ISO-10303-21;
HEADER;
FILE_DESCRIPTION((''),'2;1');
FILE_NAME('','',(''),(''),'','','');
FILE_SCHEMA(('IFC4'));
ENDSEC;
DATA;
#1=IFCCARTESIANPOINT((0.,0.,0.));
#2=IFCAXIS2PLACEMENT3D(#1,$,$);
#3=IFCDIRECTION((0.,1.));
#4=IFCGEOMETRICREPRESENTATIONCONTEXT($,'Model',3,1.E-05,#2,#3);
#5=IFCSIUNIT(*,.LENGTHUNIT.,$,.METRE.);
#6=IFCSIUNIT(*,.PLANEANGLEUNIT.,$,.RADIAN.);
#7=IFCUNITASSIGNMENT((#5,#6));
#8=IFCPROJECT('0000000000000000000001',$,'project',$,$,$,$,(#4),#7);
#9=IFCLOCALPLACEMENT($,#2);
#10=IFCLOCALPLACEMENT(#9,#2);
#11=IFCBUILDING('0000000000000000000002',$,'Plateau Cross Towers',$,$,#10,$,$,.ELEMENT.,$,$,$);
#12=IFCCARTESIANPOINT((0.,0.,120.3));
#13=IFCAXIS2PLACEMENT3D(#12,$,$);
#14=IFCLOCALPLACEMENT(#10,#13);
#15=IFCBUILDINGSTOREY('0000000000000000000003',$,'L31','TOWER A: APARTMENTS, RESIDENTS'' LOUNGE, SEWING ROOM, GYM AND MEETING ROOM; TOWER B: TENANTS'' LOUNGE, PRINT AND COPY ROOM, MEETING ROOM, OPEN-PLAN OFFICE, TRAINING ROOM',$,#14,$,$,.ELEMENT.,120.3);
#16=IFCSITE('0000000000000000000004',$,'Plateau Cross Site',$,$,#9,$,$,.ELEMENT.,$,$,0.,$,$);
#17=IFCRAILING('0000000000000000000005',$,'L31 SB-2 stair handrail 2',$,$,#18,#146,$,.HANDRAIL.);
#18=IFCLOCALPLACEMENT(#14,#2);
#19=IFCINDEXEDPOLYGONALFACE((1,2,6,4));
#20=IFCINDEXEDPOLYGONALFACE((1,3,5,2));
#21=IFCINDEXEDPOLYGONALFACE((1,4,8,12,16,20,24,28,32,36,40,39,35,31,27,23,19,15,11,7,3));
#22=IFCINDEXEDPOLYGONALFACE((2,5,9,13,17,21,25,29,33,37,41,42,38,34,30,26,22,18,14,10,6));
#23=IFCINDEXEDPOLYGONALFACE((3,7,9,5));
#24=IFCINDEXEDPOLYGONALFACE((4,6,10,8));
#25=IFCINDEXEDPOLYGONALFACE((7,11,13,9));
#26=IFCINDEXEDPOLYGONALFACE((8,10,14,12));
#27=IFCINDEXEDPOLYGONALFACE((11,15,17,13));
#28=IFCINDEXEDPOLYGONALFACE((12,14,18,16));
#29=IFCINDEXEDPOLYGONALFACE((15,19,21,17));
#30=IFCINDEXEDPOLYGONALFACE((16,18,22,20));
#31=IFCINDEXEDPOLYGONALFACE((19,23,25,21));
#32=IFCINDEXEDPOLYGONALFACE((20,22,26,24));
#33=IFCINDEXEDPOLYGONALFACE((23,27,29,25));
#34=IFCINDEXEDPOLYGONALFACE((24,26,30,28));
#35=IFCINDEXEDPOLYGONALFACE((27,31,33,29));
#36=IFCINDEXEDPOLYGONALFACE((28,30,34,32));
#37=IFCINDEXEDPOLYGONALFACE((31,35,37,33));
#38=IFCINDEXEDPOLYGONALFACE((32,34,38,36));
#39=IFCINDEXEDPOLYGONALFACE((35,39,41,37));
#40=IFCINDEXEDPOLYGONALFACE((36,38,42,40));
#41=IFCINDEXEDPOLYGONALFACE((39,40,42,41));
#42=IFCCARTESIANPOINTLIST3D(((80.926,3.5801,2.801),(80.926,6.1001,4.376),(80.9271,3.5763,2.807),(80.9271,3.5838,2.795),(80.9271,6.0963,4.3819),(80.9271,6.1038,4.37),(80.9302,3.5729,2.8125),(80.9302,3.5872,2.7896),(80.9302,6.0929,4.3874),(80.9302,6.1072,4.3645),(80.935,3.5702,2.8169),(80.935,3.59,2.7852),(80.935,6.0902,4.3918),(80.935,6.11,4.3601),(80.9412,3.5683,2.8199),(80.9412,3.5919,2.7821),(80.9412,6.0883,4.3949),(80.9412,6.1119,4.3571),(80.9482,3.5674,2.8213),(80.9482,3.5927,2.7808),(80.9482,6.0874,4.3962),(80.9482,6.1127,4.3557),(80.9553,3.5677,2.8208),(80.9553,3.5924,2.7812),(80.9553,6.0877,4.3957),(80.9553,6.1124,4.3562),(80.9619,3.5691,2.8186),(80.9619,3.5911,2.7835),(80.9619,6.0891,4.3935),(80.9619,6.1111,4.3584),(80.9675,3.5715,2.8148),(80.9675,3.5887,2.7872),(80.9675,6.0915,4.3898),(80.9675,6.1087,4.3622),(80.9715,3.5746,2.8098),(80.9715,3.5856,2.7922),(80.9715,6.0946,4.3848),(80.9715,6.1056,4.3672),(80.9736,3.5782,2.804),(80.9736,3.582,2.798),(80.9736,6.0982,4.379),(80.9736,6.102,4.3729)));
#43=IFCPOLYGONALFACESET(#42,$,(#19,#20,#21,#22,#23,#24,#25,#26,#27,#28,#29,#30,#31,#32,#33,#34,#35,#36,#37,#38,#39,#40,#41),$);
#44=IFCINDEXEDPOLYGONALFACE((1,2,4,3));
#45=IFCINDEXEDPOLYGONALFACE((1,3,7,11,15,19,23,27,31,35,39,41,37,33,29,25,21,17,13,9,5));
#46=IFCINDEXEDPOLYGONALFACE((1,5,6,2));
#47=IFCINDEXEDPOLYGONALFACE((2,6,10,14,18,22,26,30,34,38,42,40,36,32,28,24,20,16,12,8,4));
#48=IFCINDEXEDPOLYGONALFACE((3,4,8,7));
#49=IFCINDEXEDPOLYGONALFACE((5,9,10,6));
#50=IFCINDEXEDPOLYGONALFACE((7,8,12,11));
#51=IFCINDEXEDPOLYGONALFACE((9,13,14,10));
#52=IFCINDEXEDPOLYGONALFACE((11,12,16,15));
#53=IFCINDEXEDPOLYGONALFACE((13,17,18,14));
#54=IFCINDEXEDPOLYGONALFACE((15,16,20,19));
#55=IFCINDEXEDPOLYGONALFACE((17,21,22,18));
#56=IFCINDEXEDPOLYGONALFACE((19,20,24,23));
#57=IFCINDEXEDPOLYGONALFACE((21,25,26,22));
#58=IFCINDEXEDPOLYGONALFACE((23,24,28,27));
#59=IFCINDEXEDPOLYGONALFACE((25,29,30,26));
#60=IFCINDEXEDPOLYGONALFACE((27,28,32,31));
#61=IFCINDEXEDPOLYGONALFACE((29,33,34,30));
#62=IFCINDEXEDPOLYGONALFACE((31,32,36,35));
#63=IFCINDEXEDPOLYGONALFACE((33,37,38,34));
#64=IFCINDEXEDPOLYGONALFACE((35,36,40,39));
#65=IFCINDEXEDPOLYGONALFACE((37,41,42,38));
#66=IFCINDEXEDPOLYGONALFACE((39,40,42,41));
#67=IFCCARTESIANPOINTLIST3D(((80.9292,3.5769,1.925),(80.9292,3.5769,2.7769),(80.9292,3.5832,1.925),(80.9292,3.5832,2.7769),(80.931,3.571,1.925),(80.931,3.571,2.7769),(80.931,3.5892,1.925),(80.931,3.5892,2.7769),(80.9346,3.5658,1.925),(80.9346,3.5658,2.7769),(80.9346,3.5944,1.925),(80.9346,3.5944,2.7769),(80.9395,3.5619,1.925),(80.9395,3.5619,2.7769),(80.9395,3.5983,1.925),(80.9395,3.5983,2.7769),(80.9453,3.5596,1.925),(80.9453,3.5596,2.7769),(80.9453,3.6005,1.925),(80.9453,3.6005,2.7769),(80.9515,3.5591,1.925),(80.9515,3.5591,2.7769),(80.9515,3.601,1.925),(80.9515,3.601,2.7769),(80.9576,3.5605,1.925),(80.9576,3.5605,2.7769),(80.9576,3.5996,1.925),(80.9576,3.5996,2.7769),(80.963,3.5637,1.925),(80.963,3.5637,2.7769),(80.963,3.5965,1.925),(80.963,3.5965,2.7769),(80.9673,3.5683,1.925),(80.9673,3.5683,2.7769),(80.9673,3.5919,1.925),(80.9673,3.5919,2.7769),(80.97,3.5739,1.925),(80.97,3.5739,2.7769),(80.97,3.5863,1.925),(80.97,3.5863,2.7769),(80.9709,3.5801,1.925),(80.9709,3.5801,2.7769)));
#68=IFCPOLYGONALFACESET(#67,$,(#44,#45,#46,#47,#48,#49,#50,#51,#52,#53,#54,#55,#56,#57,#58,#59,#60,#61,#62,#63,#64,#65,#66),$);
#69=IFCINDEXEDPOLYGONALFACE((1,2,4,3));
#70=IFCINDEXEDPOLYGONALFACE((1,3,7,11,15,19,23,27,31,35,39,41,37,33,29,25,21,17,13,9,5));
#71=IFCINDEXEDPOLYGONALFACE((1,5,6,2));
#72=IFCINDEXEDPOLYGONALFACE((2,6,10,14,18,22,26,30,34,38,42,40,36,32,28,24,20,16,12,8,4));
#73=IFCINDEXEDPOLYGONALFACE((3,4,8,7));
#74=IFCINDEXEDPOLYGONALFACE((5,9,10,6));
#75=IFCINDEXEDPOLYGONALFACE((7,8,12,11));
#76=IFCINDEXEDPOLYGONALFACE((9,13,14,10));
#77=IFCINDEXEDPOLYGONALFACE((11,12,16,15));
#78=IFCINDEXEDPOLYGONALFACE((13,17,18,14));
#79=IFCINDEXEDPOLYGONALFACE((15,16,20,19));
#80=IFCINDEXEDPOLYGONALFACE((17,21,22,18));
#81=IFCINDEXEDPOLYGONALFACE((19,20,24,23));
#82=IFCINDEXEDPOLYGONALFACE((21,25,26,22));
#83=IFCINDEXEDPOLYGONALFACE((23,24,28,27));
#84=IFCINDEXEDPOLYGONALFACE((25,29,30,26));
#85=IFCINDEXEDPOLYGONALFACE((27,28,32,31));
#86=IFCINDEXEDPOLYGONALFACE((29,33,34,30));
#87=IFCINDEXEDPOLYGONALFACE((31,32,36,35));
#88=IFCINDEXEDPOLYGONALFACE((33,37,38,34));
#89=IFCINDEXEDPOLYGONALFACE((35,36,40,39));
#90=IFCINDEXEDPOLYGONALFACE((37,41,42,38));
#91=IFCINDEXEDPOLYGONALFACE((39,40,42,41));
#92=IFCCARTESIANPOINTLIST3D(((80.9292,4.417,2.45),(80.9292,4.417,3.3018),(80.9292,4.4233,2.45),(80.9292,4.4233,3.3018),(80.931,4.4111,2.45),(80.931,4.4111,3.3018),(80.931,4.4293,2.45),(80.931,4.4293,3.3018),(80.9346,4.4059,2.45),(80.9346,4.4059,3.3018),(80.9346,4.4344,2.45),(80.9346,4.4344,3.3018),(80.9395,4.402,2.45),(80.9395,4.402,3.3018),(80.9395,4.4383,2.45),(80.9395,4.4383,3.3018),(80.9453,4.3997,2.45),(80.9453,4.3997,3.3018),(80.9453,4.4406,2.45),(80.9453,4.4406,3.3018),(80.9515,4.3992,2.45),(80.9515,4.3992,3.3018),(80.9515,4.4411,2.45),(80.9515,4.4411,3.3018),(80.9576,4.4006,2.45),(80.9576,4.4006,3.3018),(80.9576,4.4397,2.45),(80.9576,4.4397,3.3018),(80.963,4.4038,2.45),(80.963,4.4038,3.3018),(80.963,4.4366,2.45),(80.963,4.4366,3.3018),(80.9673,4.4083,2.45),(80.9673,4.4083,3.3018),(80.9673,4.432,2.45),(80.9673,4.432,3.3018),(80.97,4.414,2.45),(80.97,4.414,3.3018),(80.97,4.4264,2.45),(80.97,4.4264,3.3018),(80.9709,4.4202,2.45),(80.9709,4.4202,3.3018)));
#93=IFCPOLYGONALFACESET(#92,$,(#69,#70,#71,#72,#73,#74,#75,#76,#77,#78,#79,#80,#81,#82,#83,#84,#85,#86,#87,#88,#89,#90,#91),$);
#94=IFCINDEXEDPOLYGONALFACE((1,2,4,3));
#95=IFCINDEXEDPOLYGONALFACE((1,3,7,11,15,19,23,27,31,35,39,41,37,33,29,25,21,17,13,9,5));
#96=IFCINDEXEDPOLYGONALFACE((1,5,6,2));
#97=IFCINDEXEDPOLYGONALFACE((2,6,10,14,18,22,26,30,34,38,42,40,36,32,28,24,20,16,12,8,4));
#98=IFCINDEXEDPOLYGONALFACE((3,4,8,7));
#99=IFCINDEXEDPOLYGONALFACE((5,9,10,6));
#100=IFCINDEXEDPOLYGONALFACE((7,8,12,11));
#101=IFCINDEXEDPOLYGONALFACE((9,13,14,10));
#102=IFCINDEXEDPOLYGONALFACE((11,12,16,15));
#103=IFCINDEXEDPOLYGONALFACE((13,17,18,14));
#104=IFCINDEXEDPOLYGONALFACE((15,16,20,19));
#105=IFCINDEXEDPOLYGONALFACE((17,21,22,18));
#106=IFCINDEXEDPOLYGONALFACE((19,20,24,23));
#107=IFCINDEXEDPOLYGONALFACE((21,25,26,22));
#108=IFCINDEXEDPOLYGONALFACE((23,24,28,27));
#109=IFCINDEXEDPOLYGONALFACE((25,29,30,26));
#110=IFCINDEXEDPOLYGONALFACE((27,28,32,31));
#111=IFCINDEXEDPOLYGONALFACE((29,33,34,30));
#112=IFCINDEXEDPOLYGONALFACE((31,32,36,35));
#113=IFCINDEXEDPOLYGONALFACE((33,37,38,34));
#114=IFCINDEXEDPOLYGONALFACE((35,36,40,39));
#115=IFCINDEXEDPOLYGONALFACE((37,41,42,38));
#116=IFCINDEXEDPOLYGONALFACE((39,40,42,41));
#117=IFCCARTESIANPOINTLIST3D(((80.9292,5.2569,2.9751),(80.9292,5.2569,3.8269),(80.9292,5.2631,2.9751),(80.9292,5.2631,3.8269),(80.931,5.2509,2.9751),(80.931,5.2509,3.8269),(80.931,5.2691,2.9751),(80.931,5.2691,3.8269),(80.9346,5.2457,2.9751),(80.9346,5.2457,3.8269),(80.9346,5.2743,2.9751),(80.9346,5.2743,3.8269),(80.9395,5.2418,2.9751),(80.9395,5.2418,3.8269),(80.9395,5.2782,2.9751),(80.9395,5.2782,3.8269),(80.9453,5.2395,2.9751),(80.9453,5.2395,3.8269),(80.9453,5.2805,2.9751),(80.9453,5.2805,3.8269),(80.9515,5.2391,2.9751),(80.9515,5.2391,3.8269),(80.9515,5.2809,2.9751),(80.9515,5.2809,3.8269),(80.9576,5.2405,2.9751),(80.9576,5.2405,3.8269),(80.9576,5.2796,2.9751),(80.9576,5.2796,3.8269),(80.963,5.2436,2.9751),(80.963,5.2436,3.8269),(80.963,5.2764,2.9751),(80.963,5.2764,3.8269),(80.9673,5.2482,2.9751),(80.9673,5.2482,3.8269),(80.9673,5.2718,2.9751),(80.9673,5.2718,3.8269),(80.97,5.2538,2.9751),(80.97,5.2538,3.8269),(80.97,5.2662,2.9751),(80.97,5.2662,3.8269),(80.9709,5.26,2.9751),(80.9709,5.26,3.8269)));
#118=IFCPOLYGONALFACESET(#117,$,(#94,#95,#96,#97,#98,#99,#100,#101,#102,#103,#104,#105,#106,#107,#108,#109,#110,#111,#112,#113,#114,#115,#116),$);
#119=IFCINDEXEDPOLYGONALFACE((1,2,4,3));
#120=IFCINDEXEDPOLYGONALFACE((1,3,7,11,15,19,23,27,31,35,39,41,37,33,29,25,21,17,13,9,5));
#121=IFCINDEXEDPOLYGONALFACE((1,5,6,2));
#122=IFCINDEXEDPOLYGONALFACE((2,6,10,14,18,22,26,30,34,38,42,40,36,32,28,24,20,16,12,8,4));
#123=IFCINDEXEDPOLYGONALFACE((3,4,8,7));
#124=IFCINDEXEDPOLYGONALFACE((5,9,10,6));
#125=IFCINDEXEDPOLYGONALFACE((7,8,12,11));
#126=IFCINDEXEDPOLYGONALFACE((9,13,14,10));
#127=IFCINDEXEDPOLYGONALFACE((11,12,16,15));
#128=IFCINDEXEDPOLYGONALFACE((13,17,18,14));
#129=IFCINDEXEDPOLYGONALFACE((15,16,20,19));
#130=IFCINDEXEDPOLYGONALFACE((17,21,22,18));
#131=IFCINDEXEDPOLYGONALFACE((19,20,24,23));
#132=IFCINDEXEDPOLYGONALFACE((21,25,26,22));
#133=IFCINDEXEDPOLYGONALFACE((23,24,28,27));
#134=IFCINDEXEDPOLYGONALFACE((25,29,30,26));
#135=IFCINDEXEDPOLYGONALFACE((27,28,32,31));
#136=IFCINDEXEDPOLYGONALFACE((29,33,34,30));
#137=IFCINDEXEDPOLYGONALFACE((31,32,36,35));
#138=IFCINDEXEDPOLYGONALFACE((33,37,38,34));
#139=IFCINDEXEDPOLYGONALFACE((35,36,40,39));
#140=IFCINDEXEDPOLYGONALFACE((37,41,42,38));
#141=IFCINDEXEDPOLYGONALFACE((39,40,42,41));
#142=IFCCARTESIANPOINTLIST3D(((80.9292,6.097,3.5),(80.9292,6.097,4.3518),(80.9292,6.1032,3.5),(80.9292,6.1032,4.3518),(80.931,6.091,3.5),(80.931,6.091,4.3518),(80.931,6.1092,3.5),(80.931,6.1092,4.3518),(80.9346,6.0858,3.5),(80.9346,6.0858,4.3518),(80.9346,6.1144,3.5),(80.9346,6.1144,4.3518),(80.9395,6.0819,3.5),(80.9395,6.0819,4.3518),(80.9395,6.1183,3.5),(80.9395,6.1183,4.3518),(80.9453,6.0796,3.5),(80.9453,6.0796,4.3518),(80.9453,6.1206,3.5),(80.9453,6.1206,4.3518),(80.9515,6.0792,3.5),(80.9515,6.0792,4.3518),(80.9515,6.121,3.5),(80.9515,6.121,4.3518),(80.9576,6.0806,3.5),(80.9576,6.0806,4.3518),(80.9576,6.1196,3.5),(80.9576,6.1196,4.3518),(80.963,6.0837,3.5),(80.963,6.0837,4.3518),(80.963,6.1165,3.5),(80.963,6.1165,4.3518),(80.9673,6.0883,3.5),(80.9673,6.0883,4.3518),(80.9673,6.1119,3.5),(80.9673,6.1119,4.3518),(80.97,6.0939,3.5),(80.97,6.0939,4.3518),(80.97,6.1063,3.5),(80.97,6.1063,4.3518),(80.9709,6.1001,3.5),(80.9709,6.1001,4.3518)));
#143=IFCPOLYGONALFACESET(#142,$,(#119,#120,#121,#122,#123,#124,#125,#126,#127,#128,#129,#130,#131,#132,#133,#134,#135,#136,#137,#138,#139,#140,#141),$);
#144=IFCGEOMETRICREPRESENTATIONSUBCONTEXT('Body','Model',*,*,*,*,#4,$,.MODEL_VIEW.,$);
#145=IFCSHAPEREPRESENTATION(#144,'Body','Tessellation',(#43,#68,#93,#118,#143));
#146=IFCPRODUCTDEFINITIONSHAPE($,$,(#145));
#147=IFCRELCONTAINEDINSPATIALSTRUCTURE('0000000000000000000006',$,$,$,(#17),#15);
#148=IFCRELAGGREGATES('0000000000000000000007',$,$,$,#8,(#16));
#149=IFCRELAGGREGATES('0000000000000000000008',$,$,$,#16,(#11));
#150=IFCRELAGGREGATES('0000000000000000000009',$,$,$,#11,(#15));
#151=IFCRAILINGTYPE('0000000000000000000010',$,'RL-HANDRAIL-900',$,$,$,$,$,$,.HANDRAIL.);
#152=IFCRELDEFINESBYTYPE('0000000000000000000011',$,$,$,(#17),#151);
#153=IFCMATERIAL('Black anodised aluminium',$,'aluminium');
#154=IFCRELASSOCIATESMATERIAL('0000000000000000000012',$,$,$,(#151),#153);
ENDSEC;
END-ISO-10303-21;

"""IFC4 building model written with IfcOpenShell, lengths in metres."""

from ifc_helpers import new_model, si_unit, direction, frame, origin, origin_2d, place, context, subcontext, project, spatial, circle, extrude, material, type_object, element, save


model = new_model("IFC4")

# Units and contexts
model_context = context("Model", 3, precision=1e-05, world=origin(), true_north=direction((0.0, 1.0)))
body_context = subcontext(model_context, "Body", "Model", "MODEL_VIEW")
ifc_project = project(units=[si_unit("LENGTHUNIT", "METRE"), si_unit("PLANEANGLEUNIT", "RADIAN")], contexts=[model_context])

# Site, building, storey
site_placement = place(None, origin())
site = spatial("IfcSite", under=ifc_project, at=site_placement, Name="Plateau Cross Site", CompositionType="ELEMENT", RefElevation=0.0)
building_placement = place(site_placement, origin())
building = spatial("IfcBuilding", under=site, at=building_placement, Name="Plateau Cross Towers", CompositionType="ELEMENT")
storey_placement = place(building_placement, frame((0.0, 0.0, 120.3)))
storey = spatial("IfcBuildingStorey", under=building, at=storey_placement, Name="L31", Description="TOWER A: APARTMENTS, RESIDENTS' LOUNGE, SEWING ROOM, GYM AND MEETING ROOM; TOWER B: TENANTS' LOUNGE, PRINT AND COPY ROOM, MEETING ROOM, OPEN-PLAN OFFICE, TRAINING ROOM", CompositionType="ELEMENT", Elevation=120.3)

# Shared definitions
ifc_material_1 = material(Name="Black anodised aluminium", Category="aluminium")

# Railing
railing_type = type_object("IfcRailingType", Name="RL-HANDRAIL-900", PredefinedType="HANDRAIL", material=ifc_material_1)
railing_placement = place(storey_placement, frame((80.95, 3.5801, 1.925)))
element("IfcRailing", 1, at=railing_placement, inside=storey, type_object=railing_type, Name="L31 SB-2 stair handrail 2", PredefinedType="HANDRAIL", context=body_context, shape_type="SweptSolid", body=[
    extrude(circle(Radius=0.0239, at=origin_2d()), frame((0.0, 0.0, 0.876), z_axis=(0.0, 0.848008, 0.529984), x_axis=(-1.0, 0.0, 0.0)), (0.0, 0.0, 1.0), 2.9717),
    extrude(circle(Radius=0.021, at=origin_2d()), origin(), (0.0, 0.0, 1.0), 0.8518),
    extrude(circle(Radius=0.021, at=origin_2d()), frame((0.0, 0.8401, 0.5249)), (0.0, 0.0, 1.0), 0.8518),
    extrude(circle(Radius=0.021, at=origin_2d()), frame((0.0, 1.6799, 1.05)), (0.0, 0.0, 1.0), 0.8518),
    extrude(circle(Radius=0.021, at=origin_2d()), frame((0.0, 2.52, 1.575)), (0.0, 0.0, 1.0), 0.8518),
])

save(model, "model.ifc")
